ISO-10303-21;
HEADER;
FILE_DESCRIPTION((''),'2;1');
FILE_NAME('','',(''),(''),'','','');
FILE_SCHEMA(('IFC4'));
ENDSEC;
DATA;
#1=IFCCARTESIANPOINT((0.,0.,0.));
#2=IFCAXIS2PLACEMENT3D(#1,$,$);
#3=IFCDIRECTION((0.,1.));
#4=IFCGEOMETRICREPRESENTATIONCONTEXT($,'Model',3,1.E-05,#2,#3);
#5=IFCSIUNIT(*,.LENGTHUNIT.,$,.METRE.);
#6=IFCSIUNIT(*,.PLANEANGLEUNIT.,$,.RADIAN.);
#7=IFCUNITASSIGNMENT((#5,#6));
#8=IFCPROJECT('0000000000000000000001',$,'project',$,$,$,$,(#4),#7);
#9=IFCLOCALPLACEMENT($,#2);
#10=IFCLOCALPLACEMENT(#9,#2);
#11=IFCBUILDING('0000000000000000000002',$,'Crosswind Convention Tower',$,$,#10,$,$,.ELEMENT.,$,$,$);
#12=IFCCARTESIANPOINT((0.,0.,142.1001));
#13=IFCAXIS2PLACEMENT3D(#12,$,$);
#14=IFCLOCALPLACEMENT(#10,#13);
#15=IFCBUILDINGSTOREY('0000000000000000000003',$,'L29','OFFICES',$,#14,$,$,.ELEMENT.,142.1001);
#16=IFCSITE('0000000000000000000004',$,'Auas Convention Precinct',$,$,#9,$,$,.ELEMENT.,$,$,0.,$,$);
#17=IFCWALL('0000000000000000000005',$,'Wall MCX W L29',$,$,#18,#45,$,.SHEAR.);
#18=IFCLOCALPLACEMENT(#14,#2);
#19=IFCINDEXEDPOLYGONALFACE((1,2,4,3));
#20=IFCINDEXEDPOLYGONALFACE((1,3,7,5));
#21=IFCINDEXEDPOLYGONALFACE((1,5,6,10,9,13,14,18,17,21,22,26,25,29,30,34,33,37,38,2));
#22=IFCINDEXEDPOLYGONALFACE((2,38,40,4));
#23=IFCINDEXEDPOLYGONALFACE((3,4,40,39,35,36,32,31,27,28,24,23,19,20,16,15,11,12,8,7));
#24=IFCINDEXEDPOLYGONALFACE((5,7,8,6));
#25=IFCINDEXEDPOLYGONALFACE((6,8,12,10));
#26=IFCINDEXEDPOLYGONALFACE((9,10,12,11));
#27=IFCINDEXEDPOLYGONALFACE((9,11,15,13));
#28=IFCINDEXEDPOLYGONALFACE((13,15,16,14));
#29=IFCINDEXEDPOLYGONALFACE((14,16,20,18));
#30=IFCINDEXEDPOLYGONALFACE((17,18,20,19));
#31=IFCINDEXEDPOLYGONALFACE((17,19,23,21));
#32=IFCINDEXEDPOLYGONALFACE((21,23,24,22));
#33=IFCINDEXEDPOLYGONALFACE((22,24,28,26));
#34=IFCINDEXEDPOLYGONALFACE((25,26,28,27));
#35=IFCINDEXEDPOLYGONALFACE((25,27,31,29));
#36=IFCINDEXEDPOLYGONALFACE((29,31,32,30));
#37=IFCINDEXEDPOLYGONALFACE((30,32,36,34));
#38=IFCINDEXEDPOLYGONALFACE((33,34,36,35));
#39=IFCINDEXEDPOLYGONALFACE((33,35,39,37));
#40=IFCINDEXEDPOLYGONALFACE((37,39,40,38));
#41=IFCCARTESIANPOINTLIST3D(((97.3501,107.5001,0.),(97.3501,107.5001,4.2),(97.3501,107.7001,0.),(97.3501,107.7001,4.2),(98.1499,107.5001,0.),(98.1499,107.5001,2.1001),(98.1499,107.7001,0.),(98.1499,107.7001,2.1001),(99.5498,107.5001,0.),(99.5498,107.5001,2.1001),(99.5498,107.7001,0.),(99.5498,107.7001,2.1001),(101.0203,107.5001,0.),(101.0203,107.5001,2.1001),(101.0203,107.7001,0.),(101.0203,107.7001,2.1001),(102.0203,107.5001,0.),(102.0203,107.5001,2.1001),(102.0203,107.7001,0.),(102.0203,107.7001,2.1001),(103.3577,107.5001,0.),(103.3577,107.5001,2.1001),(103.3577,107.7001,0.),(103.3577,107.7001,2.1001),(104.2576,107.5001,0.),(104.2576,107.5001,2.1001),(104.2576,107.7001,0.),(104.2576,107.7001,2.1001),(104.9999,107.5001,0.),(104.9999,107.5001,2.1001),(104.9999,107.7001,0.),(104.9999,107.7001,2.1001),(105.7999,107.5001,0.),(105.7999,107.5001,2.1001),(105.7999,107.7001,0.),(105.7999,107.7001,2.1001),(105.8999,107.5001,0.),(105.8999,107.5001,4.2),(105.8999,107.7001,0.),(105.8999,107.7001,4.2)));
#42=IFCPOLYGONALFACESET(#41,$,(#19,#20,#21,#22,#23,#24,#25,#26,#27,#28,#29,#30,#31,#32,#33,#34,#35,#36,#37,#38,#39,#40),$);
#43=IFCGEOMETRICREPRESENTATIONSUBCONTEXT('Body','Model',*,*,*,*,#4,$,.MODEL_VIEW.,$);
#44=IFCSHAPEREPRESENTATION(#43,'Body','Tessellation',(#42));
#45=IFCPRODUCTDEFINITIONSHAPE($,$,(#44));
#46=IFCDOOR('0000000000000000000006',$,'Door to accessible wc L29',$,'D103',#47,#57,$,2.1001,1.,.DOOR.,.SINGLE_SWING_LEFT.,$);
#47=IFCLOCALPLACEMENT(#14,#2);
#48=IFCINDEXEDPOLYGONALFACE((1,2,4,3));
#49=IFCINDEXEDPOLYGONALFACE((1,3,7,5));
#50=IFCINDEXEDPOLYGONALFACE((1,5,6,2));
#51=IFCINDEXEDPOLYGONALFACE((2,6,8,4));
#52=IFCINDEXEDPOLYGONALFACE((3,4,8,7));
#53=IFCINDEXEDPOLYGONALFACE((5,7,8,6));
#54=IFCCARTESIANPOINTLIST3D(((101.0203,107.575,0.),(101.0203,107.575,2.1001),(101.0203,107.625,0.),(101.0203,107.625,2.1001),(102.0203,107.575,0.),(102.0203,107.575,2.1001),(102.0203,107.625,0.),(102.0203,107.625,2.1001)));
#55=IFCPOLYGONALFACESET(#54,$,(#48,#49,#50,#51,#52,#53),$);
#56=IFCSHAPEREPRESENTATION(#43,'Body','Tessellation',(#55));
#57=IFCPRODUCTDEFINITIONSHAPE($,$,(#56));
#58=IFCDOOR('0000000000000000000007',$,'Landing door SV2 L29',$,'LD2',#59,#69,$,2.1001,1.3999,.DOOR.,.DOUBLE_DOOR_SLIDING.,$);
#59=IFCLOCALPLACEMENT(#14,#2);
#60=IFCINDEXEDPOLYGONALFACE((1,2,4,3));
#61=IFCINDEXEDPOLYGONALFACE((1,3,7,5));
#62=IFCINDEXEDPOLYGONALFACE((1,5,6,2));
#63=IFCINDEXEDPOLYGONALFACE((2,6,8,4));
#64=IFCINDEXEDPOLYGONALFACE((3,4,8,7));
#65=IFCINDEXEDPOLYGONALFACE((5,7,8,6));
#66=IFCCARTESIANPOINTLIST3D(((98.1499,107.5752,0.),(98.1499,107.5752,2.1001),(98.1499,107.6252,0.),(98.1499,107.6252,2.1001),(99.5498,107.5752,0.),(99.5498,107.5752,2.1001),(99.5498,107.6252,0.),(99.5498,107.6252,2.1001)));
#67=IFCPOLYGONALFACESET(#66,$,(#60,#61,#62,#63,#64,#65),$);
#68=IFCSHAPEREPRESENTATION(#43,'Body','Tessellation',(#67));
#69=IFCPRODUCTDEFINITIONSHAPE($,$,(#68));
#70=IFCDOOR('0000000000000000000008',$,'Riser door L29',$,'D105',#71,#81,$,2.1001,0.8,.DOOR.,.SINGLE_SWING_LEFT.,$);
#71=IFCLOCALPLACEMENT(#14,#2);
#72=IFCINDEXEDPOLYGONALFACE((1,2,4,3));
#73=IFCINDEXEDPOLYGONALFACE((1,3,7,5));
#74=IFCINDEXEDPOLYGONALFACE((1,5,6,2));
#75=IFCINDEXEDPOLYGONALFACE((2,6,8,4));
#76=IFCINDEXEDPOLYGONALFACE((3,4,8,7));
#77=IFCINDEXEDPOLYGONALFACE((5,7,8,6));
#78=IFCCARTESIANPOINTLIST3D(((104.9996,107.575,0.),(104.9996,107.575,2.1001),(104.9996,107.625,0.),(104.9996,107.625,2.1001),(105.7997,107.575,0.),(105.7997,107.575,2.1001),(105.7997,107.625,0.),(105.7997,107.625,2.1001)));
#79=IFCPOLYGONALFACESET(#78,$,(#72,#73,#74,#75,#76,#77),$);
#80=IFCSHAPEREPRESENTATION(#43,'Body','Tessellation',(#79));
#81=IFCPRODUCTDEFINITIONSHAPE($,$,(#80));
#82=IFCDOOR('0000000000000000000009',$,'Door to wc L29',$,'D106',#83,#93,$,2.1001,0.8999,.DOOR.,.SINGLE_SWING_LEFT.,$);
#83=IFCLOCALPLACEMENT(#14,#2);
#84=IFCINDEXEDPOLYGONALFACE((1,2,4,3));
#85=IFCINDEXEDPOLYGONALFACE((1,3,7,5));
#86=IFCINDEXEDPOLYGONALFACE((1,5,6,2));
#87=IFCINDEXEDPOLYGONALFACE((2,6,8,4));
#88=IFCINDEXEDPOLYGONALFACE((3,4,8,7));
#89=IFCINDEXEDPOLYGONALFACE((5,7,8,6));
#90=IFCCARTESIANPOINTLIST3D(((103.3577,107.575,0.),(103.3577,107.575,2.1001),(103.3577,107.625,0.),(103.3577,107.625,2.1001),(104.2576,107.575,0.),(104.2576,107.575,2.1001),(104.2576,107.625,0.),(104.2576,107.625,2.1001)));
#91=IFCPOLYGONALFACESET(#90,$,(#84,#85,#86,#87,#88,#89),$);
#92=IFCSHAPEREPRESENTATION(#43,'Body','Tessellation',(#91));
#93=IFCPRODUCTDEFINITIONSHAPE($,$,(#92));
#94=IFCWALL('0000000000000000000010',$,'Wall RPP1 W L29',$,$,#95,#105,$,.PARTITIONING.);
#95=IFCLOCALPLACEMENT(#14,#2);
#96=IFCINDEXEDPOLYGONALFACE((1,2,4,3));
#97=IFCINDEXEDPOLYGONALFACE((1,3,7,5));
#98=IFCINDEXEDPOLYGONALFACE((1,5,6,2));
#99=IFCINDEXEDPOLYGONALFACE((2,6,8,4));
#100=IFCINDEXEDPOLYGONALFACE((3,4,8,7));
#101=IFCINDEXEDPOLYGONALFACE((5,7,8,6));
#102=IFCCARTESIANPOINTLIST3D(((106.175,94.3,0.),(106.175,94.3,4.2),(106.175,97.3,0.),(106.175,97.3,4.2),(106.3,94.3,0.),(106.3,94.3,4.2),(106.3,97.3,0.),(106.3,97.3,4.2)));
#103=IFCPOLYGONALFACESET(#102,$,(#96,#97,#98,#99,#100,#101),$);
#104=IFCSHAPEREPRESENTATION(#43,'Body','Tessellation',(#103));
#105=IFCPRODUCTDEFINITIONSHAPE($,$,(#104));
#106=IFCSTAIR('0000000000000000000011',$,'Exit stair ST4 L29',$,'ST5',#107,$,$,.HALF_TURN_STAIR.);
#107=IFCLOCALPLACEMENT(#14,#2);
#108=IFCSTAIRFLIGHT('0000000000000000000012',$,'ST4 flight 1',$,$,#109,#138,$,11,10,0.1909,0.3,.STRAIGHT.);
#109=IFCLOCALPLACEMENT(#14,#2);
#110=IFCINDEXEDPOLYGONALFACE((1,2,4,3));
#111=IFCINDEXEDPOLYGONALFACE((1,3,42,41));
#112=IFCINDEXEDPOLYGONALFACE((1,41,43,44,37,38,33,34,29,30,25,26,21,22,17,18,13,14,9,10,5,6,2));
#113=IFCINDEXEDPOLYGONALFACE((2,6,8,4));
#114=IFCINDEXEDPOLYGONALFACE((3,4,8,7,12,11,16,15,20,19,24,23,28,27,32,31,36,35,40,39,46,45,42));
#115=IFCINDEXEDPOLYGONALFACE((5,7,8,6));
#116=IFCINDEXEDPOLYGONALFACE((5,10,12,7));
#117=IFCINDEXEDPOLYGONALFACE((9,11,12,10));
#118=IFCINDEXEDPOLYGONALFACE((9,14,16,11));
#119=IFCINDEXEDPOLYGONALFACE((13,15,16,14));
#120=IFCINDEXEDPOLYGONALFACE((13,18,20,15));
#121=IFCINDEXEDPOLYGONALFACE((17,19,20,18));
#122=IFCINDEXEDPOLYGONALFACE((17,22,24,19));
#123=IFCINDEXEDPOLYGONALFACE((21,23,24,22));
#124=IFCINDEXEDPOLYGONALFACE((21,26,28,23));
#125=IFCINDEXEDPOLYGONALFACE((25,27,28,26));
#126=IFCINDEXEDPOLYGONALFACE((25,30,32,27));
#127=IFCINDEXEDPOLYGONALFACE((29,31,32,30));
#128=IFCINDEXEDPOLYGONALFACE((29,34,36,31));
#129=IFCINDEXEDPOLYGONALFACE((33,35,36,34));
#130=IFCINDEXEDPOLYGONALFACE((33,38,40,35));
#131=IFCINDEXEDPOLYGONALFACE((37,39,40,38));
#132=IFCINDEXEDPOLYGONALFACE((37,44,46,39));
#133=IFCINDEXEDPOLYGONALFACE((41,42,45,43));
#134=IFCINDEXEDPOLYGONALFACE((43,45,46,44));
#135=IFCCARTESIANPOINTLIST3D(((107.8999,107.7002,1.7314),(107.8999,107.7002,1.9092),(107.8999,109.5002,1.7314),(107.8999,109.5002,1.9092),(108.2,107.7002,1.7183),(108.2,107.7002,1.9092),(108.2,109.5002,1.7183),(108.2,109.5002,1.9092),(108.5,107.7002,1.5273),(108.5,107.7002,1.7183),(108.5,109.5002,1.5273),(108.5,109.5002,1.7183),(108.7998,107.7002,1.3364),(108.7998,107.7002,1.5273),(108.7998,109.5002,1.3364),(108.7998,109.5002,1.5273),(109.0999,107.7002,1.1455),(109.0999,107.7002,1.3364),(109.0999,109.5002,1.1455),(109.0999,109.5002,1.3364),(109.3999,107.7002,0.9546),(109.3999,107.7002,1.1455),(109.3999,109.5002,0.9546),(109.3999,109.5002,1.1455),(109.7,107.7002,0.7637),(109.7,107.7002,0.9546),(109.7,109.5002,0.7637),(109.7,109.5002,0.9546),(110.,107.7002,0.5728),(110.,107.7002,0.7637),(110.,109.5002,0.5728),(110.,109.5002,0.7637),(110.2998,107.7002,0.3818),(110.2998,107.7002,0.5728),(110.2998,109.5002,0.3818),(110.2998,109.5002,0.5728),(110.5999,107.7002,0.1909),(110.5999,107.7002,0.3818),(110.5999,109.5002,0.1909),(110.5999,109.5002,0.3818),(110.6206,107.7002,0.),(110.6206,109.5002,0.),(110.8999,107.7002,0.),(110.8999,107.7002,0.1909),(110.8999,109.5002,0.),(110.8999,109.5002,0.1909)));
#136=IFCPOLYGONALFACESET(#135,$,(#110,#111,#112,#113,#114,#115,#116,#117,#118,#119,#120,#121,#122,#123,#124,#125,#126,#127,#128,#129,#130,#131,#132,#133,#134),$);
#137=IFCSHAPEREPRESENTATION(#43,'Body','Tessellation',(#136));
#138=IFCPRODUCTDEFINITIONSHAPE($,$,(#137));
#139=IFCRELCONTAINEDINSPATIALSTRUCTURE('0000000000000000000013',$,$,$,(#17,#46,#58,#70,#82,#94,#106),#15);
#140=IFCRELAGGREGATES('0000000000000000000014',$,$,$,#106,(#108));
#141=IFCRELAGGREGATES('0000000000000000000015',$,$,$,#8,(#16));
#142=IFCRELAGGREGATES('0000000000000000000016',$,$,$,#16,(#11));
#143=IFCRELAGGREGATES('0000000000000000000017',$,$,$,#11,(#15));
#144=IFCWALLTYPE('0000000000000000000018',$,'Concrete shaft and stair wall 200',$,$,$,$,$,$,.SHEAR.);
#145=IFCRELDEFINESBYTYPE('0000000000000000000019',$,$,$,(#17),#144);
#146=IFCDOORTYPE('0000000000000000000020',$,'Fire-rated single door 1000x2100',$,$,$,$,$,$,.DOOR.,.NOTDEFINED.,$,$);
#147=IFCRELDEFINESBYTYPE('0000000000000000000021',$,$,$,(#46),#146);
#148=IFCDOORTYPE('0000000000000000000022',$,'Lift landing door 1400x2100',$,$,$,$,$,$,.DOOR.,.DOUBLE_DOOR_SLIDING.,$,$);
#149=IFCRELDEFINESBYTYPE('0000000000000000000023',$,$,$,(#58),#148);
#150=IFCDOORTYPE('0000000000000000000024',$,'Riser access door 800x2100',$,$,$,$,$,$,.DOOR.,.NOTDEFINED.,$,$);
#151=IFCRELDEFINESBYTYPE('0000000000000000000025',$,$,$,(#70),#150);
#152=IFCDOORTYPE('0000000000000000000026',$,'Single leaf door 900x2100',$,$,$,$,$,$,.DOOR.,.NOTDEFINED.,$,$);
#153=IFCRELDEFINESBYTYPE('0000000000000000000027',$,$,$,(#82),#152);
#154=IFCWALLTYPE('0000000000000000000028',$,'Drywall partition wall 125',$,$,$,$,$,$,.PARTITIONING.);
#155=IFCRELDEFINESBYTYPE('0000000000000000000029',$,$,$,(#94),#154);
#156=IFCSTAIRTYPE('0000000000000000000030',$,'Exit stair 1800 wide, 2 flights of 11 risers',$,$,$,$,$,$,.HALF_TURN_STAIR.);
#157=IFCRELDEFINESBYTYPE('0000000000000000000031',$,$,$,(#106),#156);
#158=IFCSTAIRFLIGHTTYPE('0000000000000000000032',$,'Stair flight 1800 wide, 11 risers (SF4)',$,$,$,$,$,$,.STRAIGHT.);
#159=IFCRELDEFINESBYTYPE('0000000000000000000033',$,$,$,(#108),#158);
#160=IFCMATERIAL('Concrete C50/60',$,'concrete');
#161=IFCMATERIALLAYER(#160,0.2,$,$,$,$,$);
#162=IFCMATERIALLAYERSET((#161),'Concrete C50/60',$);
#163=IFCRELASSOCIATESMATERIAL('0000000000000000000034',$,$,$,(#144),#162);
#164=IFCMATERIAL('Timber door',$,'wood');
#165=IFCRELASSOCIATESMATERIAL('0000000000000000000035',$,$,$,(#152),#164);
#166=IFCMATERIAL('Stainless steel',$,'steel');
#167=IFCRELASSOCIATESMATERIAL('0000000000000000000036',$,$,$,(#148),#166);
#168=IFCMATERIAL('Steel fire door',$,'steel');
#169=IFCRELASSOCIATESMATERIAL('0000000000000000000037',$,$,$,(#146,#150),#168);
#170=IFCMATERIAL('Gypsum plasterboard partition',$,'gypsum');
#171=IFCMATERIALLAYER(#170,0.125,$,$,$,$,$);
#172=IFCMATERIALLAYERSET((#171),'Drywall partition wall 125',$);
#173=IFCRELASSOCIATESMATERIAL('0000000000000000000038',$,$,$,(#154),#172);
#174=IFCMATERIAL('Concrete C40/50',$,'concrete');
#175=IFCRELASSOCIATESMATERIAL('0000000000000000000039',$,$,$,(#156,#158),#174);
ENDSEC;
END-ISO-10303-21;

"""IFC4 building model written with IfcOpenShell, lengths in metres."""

from ifc_helpers import new_model, si_unit, direction, frame, frame_2d, origin, place, context, subcontext, project, spatial, polyline, rectangle, outline, extrude, material, layer, layer_set, type_object, element, fill, aggregate, save


model = new_model("IFC4")

# Units and contexts
model_context = context("Model", 3, precision=1e-05, world=origin(), true_north=direction((0.0, 1.0)))
body_context = subcontext(model_context, "Body", "Model", "MODEL_VIEW")
ifc_project = project(units=[si_unit("LENGTHUNIT", "METRE"), si_unit("PLANEANGLEUNIT", "RADIAN")], contexts=[model_context])

# Site, building, storey
site_placement = place(None, origin())
site = spatial("IfcSite", under=ifc_project, at=site_placement, Name="Auas Convention Precinct", CompositionType="ELEMENT", RefElevation=0.0)
building_placement = place(site_placement, origin())
building = spatial("IfcBuilding", under=site, at=building_placement, Name="Crosswind Convention Tower", CompositionType="ELEMENT")
storey_placement = place(building_placement, frame((0.0, 0.0, 142.1001)))
storey = spatial("IfcBuildingStorey", under=building, at=storey_placement, Name="L29", Description="OFFICES", CompositionType="ELEMENT", Elevation=142.1001)

# Shared definitions
ifc_material_1 = material(Name="Concrete C50/60", Category="concrete")
ifc_layer_1 = layer(ifc_material_1, 0.2)
ifc_layer_set_1 = layer_set([ifc_layer_1], Name="Concrete C50/60")
wall_type_1 = type_object("IfcWallType", Name="Concrete shaft and stair wall 200", PredefinedType="SHEAR", material=ifc_layer_set_1)

# Shared definitions
ifc_material_2 = material(Name="Timber door", Category="wood")
door_type_1 = type_object("IfcDoorType", Name="Single leaf door 900x2100", OperationType="NOTDEFINED", PredefinedType="DOOR", material=ifc_material_2)

# Wall, openings, doors
ifc_material_3 = material(Name="Stainless steel", Category="steel")
door_type_2 = type_object("IfcDoorType", Name="Lift landing door 1400x2100", OperationType="DOUBLE_DOOR_SLIDING", PredefinedType="DOOR", material=ifc_material_3)
wall_1_placement = place(storey_placement, frame((105.8999, 107.6001, 0.0), z_axis=(0.0, 0.0, 1.0), x_axis=(-1.0, 0.0, 0.0)))
wall_1 = element("IfcWall", 1, at=wall_1_placement, inside=storey, type_object=wall_type_1, Name="Wall MCX W L29", PredefinedType="SHEAR", context=body_context, shape_type="SweptSolid", body=[
    extrude(rectangle(XDim=8.5498, YDim=0.2, at=frame_2d((4.2749, 0.0))), origin(), (0.0, 0.0, 1.0), 4.2),
])
opening_1_placement = place(wall_1_placement, frame((0.1001, 0.0, 0.0)))
opening_1 = element("IfcOpeningElement", 2, at=opening_1_placement, cuts=wall_1, PredefinedType="OPENING", context=body_context, shape_type="SweptSolid", body=[
    extrude(rectangle(XDim=0.8, YDim=2.1001, at=frame_2d((0.3999, 1.05))), frame((0.0, 0.1099, 0.0), z_axis=(0.0, -1.0, 0.0), x_axis=(1.0, 0.0, 0.0)), (0.0, 0.0, 1.0), 0.22),
])
opening_2_placement = place(wall_1_placement, frame((1.6423, 0.0, 0.0)))
opening_2 = element("IfcOpeningElement", 3, at=opening_2_placement, cuts=wall_1, PredefinedType="OPENING", context=body_context, shape_type="SweptSolid", body=[
    extrude(rectangle(XDim=0.8999, YDim=2.1001, at=frame_2d((0.45, 1.05))), frame((0.0, 0.1099, 0.0), z_axis=(0.0, -1.0, 0.0), x_axis=(1.0, 0.0, 0.0)), (0.0, 0.0, 1.0), 0.22),
])
opening_3_placement = place(wall_1_placement, frame((3.8796, 0.0, 0.0)))
opening_3 = element("IfcOpeningElement", 4, at=opening_3_placement, cuts=wall_1, PredefinedType="OPENING", context=body_context, shape_type="SweptSolid", body=[
    extrude(rectangle(XDim=1.0, YDim=2.1001, at=frame_2d((0.5, 1.05))), frame((0.0, 0.1099, 0.0), z_axis=(0.0, -1.0, 0.0), x_axis=(1.0, 0.0, 0.0)), (0.0, 0.0, 1.0), 0.22),
])
opening_4_placement = place(wall_1_placement, frame((6.3501, 0.0, 0.0)))
opening_4 = element("IfcOpeningElement", 5, at=opening_4_placement, cuts=wall_1, PredefinedType="OPENING", context=body_context, shape_type="SweptSolid", body=[
    extrude(rectangle(XDim=1.3999, YDim=2.1001, at=frame_2d((0.7, 1.05))), frame((0.0, 0.1099, 0.0), z_axis=(0.0, -1.0, 0.0), x_axis=(1.0, 0.0, 0.0)), (0.0, 0.0, 1.0), 0.22),
])
ifc_material_4 = material(Name="Steel fire door", Category="steel")
door_type_3 = type_object("IfcDoorType", Name="Fire-rated single door 1000x2100", OperationType="NOTDEFINED", PredefinedType="DOOR", material=ifc_material_4)
door_1_placement = place(opening_3_placement, frame((1.0, 0.0, 0.0), z_axis=(0.0, 0.0, 1.0), x_axis=(-1.0, 0.0, 0.0)))
door_1 = element("IfcDoor", 6, at=door_1_placement, inside=storey, type_object=door_type_3, Name="Door to accessible wc L29", ObjectType="D103", OperationType="SINGLE_SWING_LEFT", OverallHeight=2.1001, OverallWidth=1.0, PredefinedType="DOOR", context=body_context, shape_type="SweptSolid", body=[
    extrude(rectangle(XDim=1.0, YDim=2.1001, at=frame_2d((0.5, 1.05))), frame((0.0, 0.0249, 0.0), z_axis=(0.0, -1.0, 0.0), x_axis=(1.0, 0.0, 0.0)), (0.0, 0.0, 1.0), 0.05),
])
fill(opening_3, door_1)
door_2_placement = place(opening_4_placement, origin())
door_2 = element("IfcDoor", 7, at=door_2_placement, inside=storey, type_object=door_type_2, Name="Landing door SV2 L29", ObjectType="LD2", OperationType="DOUBLE_DOOR_SLIDING", OverallHeight=2.1001, OverallWidth=1.3999, PredefinedType="DOOR", context=body_context, shape_type="SweptSolid", body=[
    extrude(rectangle(XDim=1.3999, YDim=2.1001, at=frame_2d((0.7, 1.05))), frame((0.0, 0.0249, 0.0), z_axis=(0.0, -1.0, 0.0), x_axis=(1.0, 0.0, 0.0)), (0.0, 0.0, 1.0), 0.05),
])
fill(opening_4, door_2)
door_type_4 = type_object("IfcDoorType", Name="Riser access door 800x2100", OperationType="NOTDEFINED", PredefinedType="DOOR", material=ifc_material_4)
door_3_placement = place(opening_1_placement, frame((0.8, 0.0, 0.0), z_axis=(0.0, 0.0, 1.0), x_axis=(-1.0, 0.0, 0.0)))
door_3 = element("IfcDoor", 8, at=door_3_placement, inside=storey, type_object=door_type_4, Name="Riser door L29", ObjectType="D105", OperationType="SINGLE_SWING_LEFT", OverallHeight=2.1001, OverallWidth=0.8, PredefinedType="DOOR", context=body_context, shape_type="SweptSolid", body=[
    extrude(rectangle(XDim=0.8, YDim=2.1001, at=frame_2d((0.3999, 1.05))), frame((0.0, 0.0249, 0.0), z_axis=(0.0, -1.0, 0.0), x_axis=(1.0, 0.0, 0.0)), (0.0, 0.0, 1.0), 0.05),
])
fill(opening_1, door_3)
door_4_placement = place(opening_2_placement, frame((0.8999, 0.0, 0.0), z_axis=(0.0, 0.0, 1.0), x_axis=(-1.0, 0.0, 0.0)))
door_4 = element("IfcDoor", 9, at=door_4_placement, inside=storey, type_object=door_type_1, Name="Door to wc L29", ObjectType="D106", OperationType="SINGLE_SWING_LEFT", OverallHeight=2.1001, OverallWidth=0.8999, PredefinedType="DOOR", context=body_context, shape_type="SweptSolid", body=[
    extrude(rectangle(XDim=0.8999, YDim=2.1001, at=frame_2d((0.45, 1.05))), frame((0.0, 0.0249, 0.0), z_axis=(0.0, -1.0, 0.0), x_axis=(1.0, 0.0, 0.0)), (0.0, 0.0, 1.0), 0.05),
])
fill(opening_2, door_4)

# Wall
ifc_material_5 = material(Name="Gypsum plasterboard partition", Category="gypsum")
ifc_layer_2 = layer(ifc_material_5, 0.125)
ifc_layer_set_2 = layer_set([ifc_layer_2], Name="Drywall partition wall 125")
wall_type_2 = type_object("IfcWallType", Name="Drywall partition wall 125", PredefinedType="PARTITIONING", material=ifc_layer_set_2)
wall_2_placement = place(storey_placement, frame((106.2375, 97.3, 0.0), z_axis=(0.0, 0.0, 1.0), x_axis=(0.0, -1.0, 0.0)))
element("IfcWall", 10, at=wall_2_placement, inside=storey, type_object=wall_type_2, Name="Wall RPP1 W L29", PredefinedType="PARTITIONING", context=body_context, shape_type="SweptSolid", body=[
    extrude(rectangle(XDim=3.0, YDim=0.125, at=frame_2d((1.5, 0.0))), origin(), (0.0, 0.0, 1.0), 4.2),
])

# Stair, stair flight
ifc_material_6 = material(Name="Concrete C40/50", Category="concrete")
stair_type = type_object("IfcStairType", Name="Exit stair 1800 wide, 2 flights of 11 risers", PredefinedType="HALF_TURN_STAIR", material=ifc_material_6)
stair_placement = place(storey_placement, origin())
stair = element("IfcStair", 11, at=stair_placement, inside=storey, type_object=stair_type, Name="Exit stair ST4 L29", ObjectType="ST5", PredefinedType="HALF_TURN_STAIR")
stair_flight_type = type_object("IfcStairFlightType", Name="Stair flight 1800 wide, 11 risers (SF4)", PredefinedType="STRAIGHT", material=ifc_material_6)
stair_flight_1_placement = place(storey_placement, frame((110.8999, 108.6001, 0.0), z_axis=(0.0, 0.0, 1.0), x_axis=(-1.0, 0.0, 0.0)))
stair_flight_1 = element("IfcStairFlight", 12, at=stair_flight_1_placement, type_object=stair_flight_type, Name="ST4 flight 1", NumberOfRisers=11, NumberOfTreads=10, PredefinedType="STRAIGHT", RiserHeight=0.1909, TreadLength=0.3, context=body_context, shape_type="SweptSolid", body=[
    extrude(outline(polyline([(0.0, 0.0), (0.0, 0.1909), (0.3, 0.1909), (0.3, 0.3818), (0.6001, 0.3818), (0.6001, 0.5728), (0.8999, 0.5728), (0.8999, 0.7637), (1.2, 0.7637), (1.2, 0.9546), (1.5, 0.9546), (1.5, 1.1455), (1.8, 1.1455), (1.8, 1.3364), (2.1001, 1.3364), (2.1001, 1.5273), (2.3999, 1.5273), (2.3999, 1.7183), (2.7, 1.7183), (2.7, 1.9092), (3.0, 1.9092), (3.0, 2.1001), (3.0, 1.7314), (0.2793, 0.0), (0.0, 0.0)])), frame((0.0, 0.8999, 0.0), z_axis=(0.0, -1.0, 0.0), x_axis=(1.0, 0.0, 0.0)), (0.0, 0.0, 1.0), 1.8),
])
aggregate(stair, [stair_flight_1])

save(model, "model.ifc")
